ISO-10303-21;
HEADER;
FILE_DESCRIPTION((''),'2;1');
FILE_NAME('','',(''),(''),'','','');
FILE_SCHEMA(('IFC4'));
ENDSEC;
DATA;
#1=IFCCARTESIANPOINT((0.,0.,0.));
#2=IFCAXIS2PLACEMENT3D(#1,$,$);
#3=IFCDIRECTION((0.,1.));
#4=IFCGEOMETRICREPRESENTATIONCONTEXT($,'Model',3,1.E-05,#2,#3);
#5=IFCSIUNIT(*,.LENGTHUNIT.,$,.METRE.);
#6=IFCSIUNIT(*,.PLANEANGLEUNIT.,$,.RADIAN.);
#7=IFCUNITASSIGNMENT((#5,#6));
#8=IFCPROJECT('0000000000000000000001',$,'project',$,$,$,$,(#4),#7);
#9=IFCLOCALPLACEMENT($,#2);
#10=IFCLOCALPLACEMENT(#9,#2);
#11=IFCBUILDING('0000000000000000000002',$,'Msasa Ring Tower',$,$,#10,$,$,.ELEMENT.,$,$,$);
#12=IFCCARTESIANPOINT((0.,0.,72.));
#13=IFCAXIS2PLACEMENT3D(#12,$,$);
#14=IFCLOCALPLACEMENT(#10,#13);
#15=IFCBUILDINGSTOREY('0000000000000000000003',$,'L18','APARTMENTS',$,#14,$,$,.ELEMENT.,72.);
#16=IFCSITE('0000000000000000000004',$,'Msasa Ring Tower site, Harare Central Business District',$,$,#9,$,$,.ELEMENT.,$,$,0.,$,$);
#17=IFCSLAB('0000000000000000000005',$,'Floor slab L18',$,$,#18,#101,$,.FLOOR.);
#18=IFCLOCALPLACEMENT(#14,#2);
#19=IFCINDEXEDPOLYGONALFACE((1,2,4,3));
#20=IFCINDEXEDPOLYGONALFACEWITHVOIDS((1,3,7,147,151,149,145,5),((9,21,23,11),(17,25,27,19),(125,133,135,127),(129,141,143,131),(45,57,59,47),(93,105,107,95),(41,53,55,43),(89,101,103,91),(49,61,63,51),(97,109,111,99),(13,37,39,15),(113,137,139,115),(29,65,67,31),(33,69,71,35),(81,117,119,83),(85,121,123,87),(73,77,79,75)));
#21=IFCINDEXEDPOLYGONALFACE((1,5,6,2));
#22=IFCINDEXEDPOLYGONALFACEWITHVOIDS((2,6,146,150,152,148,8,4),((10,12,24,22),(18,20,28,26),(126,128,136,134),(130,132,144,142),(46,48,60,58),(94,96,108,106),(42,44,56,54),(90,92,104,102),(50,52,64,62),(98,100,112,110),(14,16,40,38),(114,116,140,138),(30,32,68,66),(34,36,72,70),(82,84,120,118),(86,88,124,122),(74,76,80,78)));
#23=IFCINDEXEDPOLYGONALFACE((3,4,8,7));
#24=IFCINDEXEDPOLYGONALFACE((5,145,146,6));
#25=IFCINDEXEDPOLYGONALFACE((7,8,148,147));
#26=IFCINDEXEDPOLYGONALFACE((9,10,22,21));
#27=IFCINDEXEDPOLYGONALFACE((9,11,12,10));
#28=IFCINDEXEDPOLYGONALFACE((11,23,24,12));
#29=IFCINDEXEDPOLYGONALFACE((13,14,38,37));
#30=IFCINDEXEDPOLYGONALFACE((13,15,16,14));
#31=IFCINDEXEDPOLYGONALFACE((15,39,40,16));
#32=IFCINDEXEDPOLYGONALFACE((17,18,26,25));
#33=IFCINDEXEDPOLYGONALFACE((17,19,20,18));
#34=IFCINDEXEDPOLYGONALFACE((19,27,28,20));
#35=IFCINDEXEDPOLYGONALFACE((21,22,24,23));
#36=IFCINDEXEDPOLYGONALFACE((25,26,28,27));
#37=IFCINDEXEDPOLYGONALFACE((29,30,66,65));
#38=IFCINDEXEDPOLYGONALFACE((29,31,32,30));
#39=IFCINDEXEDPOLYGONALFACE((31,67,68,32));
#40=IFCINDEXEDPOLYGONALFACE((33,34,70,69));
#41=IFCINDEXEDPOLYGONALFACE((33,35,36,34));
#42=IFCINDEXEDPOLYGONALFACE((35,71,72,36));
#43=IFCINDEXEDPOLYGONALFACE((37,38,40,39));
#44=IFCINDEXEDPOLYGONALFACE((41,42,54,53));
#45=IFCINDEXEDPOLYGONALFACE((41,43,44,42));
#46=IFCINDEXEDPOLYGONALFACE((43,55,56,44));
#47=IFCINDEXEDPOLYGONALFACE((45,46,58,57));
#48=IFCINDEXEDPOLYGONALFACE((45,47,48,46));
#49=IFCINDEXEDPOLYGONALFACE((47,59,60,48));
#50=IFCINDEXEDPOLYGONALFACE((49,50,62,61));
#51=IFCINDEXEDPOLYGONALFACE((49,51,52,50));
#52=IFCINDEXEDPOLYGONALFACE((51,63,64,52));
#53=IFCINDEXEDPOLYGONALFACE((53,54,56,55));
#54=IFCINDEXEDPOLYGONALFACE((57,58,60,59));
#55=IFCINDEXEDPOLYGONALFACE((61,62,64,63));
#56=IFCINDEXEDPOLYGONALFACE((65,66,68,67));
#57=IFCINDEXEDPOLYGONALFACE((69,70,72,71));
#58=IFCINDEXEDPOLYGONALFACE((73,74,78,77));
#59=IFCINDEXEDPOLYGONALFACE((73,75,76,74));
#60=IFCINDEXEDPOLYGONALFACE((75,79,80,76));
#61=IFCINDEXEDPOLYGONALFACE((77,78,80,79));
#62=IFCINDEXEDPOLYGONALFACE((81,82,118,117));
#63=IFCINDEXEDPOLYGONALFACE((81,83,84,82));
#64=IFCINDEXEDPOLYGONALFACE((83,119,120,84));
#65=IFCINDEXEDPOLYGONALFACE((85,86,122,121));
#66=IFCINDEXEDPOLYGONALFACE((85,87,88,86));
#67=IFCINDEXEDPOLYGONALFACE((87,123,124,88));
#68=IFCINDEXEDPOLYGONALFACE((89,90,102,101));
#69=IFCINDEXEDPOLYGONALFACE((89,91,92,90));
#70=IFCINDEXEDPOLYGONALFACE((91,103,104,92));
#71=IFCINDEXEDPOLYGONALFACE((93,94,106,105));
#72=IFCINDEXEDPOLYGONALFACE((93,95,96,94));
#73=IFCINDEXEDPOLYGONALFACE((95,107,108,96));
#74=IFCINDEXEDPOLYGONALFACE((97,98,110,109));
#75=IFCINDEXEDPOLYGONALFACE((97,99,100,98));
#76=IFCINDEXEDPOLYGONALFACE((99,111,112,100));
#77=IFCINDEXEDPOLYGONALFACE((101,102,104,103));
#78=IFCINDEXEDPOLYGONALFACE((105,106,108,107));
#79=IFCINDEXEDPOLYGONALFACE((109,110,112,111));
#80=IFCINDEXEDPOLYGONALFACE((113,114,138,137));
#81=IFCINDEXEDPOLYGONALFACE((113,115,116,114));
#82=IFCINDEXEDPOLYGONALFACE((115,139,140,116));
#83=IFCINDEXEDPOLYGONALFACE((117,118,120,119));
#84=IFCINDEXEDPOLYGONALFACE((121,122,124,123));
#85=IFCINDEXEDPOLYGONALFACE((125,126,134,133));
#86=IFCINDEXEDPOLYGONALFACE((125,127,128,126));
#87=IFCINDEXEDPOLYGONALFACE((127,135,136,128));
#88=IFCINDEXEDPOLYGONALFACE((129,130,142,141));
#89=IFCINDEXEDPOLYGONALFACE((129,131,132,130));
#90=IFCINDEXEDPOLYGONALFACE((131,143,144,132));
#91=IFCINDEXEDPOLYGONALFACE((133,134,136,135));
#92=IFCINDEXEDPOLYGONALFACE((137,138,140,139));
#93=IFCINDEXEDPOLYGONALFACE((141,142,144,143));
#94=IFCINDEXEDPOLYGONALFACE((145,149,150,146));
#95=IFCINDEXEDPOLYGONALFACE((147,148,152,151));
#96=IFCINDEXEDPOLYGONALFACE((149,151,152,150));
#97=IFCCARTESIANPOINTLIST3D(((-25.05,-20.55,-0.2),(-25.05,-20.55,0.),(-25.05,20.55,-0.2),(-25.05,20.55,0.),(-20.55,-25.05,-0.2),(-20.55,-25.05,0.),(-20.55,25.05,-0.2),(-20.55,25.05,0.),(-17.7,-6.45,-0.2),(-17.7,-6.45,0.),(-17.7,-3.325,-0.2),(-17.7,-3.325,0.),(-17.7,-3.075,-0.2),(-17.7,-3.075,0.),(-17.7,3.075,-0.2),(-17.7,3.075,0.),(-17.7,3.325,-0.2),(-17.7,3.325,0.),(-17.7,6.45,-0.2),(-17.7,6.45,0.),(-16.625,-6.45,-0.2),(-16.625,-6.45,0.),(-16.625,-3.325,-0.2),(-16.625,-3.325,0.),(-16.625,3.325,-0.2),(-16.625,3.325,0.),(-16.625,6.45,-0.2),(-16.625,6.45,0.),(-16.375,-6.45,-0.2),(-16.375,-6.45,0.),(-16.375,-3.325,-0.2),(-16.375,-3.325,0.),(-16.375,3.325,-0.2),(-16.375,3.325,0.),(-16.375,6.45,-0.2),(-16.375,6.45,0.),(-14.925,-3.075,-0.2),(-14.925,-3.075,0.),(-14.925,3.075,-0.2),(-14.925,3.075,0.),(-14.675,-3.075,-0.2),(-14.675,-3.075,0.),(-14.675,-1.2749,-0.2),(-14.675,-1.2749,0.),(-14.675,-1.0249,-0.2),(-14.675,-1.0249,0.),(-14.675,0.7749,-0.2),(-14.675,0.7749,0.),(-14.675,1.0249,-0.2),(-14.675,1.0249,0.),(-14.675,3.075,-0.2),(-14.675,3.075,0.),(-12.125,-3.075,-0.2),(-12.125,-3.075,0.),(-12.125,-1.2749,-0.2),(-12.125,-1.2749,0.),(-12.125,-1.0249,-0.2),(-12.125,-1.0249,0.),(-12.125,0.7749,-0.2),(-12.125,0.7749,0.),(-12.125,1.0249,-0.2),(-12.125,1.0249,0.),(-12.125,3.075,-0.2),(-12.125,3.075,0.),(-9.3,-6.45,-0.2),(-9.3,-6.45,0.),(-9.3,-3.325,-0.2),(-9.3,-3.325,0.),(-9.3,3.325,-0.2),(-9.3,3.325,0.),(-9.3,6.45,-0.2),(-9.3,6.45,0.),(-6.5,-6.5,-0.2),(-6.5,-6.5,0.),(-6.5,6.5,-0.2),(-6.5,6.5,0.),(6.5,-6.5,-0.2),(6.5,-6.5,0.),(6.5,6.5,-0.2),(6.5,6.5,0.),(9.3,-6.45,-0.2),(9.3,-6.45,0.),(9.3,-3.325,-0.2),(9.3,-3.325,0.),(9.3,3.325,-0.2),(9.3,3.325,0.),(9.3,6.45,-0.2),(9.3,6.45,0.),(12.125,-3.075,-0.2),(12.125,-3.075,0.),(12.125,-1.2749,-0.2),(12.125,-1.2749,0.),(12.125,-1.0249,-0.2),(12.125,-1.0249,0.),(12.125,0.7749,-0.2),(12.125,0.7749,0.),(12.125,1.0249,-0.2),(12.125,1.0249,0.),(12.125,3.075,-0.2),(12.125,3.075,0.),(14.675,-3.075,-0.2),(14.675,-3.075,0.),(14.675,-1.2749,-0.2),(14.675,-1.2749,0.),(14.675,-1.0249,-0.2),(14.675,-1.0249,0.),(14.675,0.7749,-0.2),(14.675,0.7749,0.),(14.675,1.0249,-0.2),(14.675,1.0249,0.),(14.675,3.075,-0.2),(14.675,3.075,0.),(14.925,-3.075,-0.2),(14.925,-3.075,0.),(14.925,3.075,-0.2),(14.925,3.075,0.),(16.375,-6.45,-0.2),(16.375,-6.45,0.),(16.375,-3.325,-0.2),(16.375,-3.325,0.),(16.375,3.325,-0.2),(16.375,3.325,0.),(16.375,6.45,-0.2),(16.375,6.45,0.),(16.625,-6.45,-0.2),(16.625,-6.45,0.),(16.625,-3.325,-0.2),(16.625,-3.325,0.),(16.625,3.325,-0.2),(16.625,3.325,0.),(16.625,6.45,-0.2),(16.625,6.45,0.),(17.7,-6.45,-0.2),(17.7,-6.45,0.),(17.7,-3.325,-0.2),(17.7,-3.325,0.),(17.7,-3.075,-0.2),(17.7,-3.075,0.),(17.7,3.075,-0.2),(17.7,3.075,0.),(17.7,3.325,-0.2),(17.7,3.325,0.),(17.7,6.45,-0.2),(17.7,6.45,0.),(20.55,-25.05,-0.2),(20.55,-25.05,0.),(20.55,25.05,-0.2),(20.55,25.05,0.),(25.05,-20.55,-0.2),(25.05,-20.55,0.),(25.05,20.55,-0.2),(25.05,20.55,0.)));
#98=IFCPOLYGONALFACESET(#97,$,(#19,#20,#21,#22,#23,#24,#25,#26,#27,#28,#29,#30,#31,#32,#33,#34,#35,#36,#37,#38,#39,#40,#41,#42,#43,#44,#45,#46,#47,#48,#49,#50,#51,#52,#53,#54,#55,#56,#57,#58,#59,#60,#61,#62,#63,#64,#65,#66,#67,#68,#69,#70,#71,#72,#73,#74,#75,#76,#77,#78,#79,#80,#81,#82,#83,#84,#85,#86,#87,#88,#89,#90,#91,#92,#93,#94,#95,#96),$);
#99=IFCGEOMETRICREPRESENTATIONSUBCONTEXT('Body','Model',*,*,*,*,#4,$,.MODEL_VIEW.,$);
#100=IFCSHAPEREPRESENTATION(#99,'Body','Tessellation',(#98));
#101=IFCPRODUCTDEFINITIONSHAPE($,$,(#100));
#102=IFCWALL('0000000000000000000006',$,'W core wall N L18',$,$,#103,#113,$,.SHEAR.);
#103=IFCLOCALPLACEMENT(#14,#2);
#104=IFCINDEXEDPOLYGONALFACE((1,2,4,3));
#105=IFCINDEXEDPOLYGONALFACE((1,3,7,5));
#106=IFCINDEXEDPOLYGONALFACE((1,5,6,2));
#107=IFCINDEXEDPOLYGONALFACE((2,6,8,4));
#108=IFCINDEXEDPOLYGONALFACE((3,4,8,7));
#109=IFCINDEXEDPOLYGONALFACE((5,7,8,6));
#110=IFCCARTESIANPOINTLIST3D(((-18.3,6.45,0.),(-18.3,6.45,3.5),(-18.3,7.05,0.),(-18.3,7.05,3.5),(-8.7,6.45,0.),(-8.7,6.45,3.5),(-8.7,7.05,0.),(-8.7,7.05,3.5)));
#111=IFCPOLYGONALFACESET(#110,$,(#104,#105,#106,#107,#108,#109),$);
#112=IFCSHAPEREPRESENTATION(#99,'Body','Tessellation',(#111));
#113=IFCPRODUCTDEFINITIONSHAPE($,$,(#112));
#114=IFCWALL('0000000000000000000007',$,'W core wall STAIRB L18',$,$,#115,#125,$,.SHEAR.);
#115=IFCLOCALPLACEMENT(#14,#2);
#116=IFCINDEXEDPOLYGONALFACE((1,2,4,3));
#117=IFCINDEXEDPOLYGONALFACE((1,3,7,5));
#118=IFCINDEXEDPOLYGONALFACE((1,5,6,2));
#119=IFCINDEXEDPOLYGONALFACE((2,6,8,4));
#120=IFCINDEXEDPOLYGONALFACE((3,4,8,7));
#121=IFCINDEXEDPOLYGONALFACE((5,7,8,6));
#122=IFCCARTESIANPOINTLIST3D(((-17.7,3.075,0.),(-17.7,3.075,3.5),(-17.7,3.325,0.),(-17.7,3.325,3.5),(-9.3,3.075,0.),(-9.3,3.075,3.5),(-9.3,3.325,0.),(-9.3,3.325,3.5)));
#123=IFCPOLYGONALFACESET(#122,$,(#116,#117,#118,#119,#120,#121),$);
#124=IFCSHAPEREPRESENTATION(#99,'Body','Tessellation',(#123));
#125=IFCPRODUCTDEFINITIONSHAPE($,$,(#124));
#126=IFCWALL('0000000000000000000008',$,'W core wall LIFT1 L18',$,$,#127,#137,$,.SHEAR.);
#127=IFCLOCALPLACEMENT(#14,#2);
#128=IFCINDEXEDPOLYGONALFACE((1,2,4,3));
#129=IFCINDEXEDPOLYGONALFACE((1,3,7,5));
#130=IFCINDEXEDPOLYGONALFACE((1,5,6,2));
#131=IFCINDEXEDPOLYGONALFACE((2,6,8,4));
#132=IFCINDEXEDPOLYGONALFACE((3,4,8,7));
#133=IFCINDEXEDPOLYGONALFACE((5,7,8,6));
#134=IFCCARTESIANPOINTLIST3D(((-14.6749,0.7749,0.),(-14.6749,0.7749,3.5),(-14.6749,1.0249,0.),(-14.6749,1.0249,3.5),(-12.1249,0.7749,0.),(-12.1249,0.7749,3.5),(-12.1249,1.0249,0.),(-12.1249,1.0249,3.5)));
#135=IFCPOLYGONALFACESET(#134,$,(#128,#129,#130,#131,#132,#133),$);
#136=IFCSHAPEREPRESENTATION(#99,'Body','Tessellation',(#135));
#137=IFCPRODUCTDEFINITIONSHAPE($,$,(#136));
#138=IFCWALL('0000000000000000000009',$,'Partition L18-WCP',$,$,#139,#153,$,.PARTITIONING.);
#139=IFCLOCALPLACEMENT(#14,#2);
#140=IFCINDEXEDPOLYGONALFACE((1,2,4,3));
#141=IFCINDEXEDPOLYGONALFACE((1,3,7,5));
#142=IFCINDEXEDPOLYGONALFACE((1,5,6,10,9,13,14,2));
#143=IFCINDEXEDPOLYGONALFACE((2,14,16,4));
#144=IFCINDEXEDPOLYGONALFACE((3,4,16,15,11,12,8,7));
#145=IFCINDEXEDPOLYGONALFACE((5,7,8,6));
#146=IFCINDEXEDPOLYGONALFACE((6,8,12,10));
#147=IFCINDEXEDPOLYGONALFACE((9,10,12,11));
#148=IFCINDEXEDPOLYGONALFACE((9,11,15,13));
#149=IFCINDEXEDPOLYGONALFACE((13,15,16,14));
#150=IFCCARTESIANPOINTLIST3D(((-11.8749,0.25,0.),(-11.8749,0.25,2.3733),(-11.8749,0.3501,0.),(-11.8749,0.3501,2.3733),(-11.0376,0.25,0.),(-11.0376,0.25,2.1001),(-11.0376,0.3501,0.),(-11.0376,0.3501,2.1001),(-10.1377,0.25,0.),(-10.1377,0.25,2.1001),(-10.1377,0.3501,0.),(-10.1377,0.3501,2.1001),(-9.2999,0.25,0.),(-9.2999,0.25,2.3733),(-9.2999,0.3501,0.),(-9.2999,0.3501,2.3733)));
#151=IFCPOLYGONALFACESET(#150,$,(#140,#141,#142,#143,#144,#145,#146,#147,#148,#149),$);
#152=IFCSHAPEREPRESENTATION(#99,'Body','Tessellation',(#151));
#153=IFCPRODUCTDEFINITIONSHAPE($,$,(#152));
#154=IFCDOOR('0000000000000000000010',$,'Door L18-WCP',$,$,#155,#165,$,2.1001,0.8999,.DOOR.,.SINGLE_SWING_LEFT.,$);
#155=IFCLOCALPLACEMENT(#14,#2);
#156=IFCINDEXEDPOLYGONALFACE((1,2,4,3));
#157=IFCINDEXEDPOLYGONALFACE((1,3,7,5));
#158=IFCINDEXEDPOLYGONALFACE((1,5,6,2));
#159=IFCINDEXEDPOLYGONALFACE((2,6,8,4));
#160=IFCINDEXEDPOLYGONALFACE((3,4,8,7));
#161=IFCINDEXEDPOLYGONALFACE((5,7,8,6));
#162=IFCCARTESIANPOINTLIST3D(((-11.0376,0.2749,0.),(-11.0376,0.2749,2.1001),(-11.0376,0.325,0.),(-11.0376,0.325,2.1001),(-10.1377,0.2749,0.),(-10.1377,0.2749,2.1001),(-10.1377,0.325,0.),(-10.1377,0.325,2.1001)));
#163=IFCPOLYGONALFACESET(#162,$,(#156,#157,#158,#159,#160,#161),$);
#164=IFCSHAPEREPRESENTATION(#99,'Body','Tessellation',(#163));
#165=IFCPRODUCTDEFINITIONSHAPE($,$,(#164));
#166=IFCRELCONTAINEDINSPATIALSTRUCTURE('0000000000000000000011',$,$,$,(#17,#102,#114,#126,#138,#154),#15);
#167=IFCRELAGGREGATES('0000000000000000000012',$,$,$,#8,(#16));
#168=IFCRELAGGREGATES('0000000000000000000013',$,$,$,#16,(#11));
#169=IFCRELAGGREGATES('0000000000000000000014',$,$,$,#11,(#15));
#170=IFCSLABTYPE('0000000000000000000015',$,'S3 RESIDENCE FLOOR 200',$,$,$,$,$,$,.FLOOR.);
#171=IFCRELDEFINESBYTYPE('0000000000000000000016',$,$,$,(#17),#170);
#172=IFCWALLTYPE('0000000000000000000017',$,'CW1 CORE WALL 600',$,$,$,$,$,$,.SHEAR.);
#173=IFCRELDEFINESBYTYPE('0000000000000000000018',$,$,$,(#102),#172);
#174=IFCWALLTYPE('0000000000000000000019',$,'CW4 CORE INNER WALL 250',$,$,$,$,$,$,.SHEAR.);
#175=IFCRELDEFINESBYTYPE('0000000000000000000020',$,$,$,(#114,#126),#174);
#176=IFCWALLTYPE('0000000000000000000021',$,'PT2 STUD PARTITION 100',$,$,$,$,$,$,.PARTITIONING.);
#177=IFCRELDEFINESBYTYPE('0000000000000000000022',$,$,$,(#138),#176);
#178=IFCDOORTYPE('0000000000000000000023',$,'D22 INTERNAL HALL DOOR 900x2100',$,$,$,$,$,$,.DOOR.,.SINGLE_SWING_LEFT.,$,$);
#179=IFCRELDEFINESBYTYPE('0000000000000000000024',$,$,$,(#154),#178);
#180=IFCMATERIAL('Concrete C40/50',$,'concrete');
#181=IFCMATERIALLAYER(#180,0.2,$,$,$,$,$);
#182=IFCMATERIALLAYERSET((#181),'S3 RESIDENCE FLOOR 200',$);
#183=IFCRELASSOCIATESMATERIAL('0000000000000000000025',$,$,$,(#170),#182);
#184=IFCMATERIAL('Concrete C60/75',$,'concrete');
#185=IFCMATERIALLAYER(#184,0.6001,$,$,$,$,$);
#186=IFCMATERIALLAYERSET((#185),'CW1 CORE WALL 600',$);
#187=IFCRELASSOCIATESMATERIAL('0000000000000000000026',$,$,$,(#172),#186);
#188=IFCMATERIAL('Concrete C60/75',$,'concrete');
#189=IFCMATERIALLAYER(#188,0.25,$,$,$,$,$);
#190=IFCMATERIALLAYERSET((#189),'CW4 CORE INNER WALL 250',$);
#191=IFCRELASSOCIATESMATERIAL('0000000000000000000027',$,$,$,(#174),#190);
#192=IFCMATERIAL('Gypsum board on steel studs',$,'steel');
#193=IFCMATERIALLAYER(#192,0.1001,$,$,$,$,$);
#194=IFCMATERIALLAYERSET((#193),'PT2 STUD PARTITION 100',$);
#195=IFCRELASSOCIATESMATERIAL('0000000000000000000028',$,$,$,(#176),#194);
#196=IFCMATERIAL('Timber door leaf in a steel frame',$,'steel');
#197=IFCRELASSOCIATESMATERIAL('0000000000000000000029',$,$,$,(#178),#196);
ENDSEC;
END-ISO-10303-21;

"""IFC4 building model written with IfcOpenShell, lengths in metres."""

from ifc_helpers import new_model, si_unit, direction, frame, frame_2d, origin, place, context, subcontext, project, spatial, polyline, rectangle, outline, extrude, material, layer, layer_set, type_object, element, fill, save


model = new_model("IFC4")

# Units and contexts
model_context = context("Model", 3, precision=1e-05, world=origin(), true_north=direction((0.0, 1.0)))
body_context = subcontext(model_context, "Body", "Model", "MODEL_VIEW")
ifc_project = project(units=[si_unit("LENGTHUNIT", "METRE"), si_unit("PLANEANGLEUNIT", "RADIAN")], contexts=[model_context])

# Site, building, storey
site_placement = place(None, origin())
site = spatial("IfcSite", under=ifc_project, at=site_placement, Name="Msasa Ring Tower site, Harare Central Business District", CompositionType="ELEMENT", RefElevation=0.0)
building_placement = place(site_placement, origin())
building = spatial("IfcBuilding", under=site, at=building_placement, Name="Msasa Ring Tower", CompositionType="ELEMENT")
storey_placement = place(building_placement, frame((0.0, 0.0, 72.0)))
storey = spatial("IfcBuildingStorey", under=building, at=storey_placement, Name="L18", Description="APARTMENTS", CompositionType="ELEMENT", Elevation=72.0)

# Slab
ifc_material_1 = material(Name="Concrete C40/50", Category="concrete")
ifc_layer_1 = layer(ifc_material_1, 0.2)
ifc_layer_set_1 = layer_set([ifc_layer_1], Name="S3 RESIDENCE FLOOR 200")
slab_type = type_object("IfcSlabType", Name="S3 RESIDENCE FLOOR 200", PredefinedType="FLOOR", material=ifc_layer_set_1)
slab_placement = place(storey_placement, frame((0.0, 0.0, -0.2)))
element("IfcSlab", 1, at=slab_placement, inside=storey, type_object=slab_type, Name="Floor slab L18", PredefinedType="FLOOR", context=body_context, shape_type="SweptSolid", body=[
    extrude(outline(polyline([(-20.55, -25.05), (20.55, -25.05), (25.05, -20.55), (25.05, 20.55), (20.55, 25.05), (-20.55, 25.05), (-25.05, 20.55), (-25.05, -20.55), (-20.55, -25.05)]), holes=[polyline([(-6.5, -6.5), (6.5, -6.5), (6.5, 6.5), (-6.5, 6.5), (-6.5, -6.5)]), polyline([(9.3, -6.45), (16.375, -6.45), (16.375, -3.325), (9.3, -3.325), (9.3, -6.45)]), polyline([(9.3, 3.325), (16.375, 3.325), (16.375, 6.45), (9.3, 6.45), (9.3, 3.325)]), polyline([(12.125, -3.075), (14.675, -3.075), (14.675, -1.2749), (12.125, -1.2749), (12.125, -3.075)]), polyline([(12.125, -1.0249), (14.675, -1.0249), (14.675, 0.7749), (12.125, 0.7749), (12.125, -1.0249)]), polyline([(12.125, 1.0249), (14.675, 1.0249), (14.675, 3.075), (12.125, 3.075), (12.125, 1.0249)]), polyline([(16.625, -6.45), (17.7, -6.45), (17.7, -3.325), (16.625, -3.325), (16.625, -6.45)]), polyline([(16.625, 3.325), (17.7, 3.325), (17.7, 6.45), (16.625, 6.45), (16.625, 3.325)]), polyline([(14.925, -3.075), (17.7, -3.075), (17.7, 3.075), (14.925, 3.075), (14.925, -3.075)]), polyline([(-16.375, -6.45), (-9.3, -6.45), (-9.3, -3.325), (-16.375, -3.325), (-16.375, -6.45)]), polyline([(-16.375, 3.325), (-9.3, 3.325), (-9.3, 6.45), (-16.375, 6.45), (-16.375, 3.325)]), polyline([(-14.675, -3.075), (-12.125, -3.075), (-12.125, -1.2749), (-14.675, -1.2749), (-14.675, -3.075)]), polyline([(-14.675, -1.0249), (-12.125, -1.0249), (-12.125, 0.7749), (-14.675, 0.7749), (-14.675, -1.0249)]), polyline([(-14.675, 1.0249), (-12.125, 1.0249), (-12.125, 3.075), (-14.675, 3.075), (-14.675, 1.0249)]), polyline([(-17.7, -6.45), (-16.625, -6.45), (-16.625, -3.325), (-17.7, -3.325), (-17.7, -6.45)]), polyline([(-17.7, 3.325), (-16.625, 3.325), (-16.625, 6.45), (-17.7, 6.45), (-17.7, 3.325)]), polyline([(-17.7, -3.075), (-14.925, -3.075), (-14.925, 3.075), (-17.7, 3.075), (-17.7, -3.075)])]), origin(), (0.0, 0.0, 1.0), 0.2),
])

# Walls
ifc_material_2 = material(Name="Concrete C60/75", Category="concrete")
ifc_layer_2 = layer(ifc_material_2, 0.6001)
ifc_layer_set_2 = layer_set([ifc_layer_2], Name="CW1 CORE WALL 600")
wall_type_1 = type_object("IfcWallType", Name="CW1 CORE WALL 600", PredefinedType="SHEAR", material=ifc_layer_set_2)
wall_1_placement = place(storey_placement, frame((-8.7, 6.75, 0.0), z_axis=(0.0, 0.0, 1.0), x_axis=(-1.0, 0.0, 0.0)))
element("IfcWall", 2, at=wall_1_placement, inside=storey, type_object=wall_type_1, Name="W core wall N L18", PredefinedType="SHEAR", context=body_context, shape_type="SweptSolid", body=[
    extrude(rectangle(XDim=9.6001, YDim=0.6001, at=frame_2d((4.8, 0.0))), origin(), (0.0, 0.0, 1.0), 3.5),
])
ifc_material_3 = material(Name="Concrete C60/75", Category="concrete")
ifc_layer_3 = layer(ifc_material_3, 0.25)
ifc_layer_set_3 = layer_set([ifc_layer_3], Name="CW4 CORE INNER WALL 250")
wall_type_2 = type_object("IfcWallType", Name="CW4 CORE INNER WALL 250", PredefinedType="SHEAR", material=ifc_layer_set_3)
wall_2_placement = place(storey_placement, frame((-9.3, 3.2, 0.0), z_axis=(0.0, 0.0, 1.0), x_axis=(-1.0, 0.0, 0.0)))
element("IfcWall", 3, at=wall_2_placement, inside=storey, type_object=wall_type_2, Name="W core wall STAIRB L18", PredefinedType="SHEAR", context=body_context, shape_type="SweptSolid", body=[
    extrude(rectangle(XDim=8.3999, YDim=0.25, at=frame_2d((4.2, 0.0))), origin(), (0.0, 0.0, 1.0), 3.5),
])
wall_3_placement = place(storey_placement, frame((-12.125, 0.8999, 0.0), z_axis=(0.0, 0.0, 1.0), x_axis=(-1.0, 0.0, 0.0)))
element("IfcWall", 4, at=wall_3_placement, inside=storey, type_object=wall_type_2, Name="W core wall LIFT1 L18", PredefinedType="SHEAR", context=body_context, shape_type="SweptSolid", body=[
    extrude(rectangle(XDim=2.55, YDim=0.25, at=frame_2d((1.2749, 0.0))), origin(), (0.0, 0.0, 1.0), 3.5),
])

# Wall, opening, door
ifc_material_4 = material(Name="Gypsum board on steel studs", Category="steel")
ifc_layer_4 = layer(ifc_material_4, 0.1001)
ifc_layer_set_4 = layer_set([ifc_layer_4], Name="PT2 STUD PARTITION 100")
wall_type_3 = type_object("IfcWallType", Name="PT2 STUD PARTITION 100", PredefinedType="PARTITIONING", material=ifc_layer_set_4)
wall_4_placement = place(storey_placement, frame((-11.875, 0.3, 0.0), z_axis=(0.0, 0.0, 1.0), x_axis=(1.0, 0.0, 0.0)))
wall_4 = element("IfcWall", 5, at=wall_4_placement, inside=storey, type_object=wall_type_3, Name="Partition L18-WCP", PredefinedType="PARTITIONING", context=body_context, shape_type="SweptSolid", body=[
    extrude(rectangle(XDim=2.575, YDim=0.1001, at=frame_2d((1.2876, 0.0))), origin(), (0.0, 0.0, 1.0), 2.3733),
])
opening_placement = place(wall_4_placement, frame((0.8374, 0.0, 0.0)))
opening = element("IfcOpeningElement", 6, at=opening_placement, cuts=wall_4, PredefinedType="OPENING", context=body_context, shape_type="SweptSolid", body=[
    extrude(rectangle(XDim=0.8999, YDim=2.1001, at=frame_2d((0.45, 1.05))), frame((0.0, 0.0601, 0.0), z_axis=(0.0, -1.0, 0.0), x_axis=(1.0, 0.0, 0.0)), (0.0, 0.0, 1.0), 0.1201),
])
ifc_material_5 = material(Name="Timber door leaf in a steel frame", Category="steel")
door_type = type_object("IfcDoorType", Name="D22 INTERNAL HALL DOOR 900x2100", OperationType="SINGLE_SWING_LEFT", PredefinedType="DOOR", material=ifc_material_5)
door_placement = place(opening_placement, origin())
door = element("IfcDoor", 7, at=door_placement, inside=storey, type_object=door_type, Name="Door L18-WCP", OperationType="SINGLE_SWING_LEFT", OverallHeight=2.1001, OverallWidth=0.8999, PredefinedType="DOOR", context=body_context, shape_type="SweptSolid", body=[
    extrude(rectangle(XDim=0.8999, YDim=2.1001, at=frame_2d((0.45, 1.05))), frame((0.0, 0.0249, 0.0), z_axis=(0.0, -1.0, 0.0), x_axis=(1.0, 0.0, 0.0)), (0.0, 0.0, 1.0), 0.05),
])
fill(opening, door)

save(model, "model.ifc")
